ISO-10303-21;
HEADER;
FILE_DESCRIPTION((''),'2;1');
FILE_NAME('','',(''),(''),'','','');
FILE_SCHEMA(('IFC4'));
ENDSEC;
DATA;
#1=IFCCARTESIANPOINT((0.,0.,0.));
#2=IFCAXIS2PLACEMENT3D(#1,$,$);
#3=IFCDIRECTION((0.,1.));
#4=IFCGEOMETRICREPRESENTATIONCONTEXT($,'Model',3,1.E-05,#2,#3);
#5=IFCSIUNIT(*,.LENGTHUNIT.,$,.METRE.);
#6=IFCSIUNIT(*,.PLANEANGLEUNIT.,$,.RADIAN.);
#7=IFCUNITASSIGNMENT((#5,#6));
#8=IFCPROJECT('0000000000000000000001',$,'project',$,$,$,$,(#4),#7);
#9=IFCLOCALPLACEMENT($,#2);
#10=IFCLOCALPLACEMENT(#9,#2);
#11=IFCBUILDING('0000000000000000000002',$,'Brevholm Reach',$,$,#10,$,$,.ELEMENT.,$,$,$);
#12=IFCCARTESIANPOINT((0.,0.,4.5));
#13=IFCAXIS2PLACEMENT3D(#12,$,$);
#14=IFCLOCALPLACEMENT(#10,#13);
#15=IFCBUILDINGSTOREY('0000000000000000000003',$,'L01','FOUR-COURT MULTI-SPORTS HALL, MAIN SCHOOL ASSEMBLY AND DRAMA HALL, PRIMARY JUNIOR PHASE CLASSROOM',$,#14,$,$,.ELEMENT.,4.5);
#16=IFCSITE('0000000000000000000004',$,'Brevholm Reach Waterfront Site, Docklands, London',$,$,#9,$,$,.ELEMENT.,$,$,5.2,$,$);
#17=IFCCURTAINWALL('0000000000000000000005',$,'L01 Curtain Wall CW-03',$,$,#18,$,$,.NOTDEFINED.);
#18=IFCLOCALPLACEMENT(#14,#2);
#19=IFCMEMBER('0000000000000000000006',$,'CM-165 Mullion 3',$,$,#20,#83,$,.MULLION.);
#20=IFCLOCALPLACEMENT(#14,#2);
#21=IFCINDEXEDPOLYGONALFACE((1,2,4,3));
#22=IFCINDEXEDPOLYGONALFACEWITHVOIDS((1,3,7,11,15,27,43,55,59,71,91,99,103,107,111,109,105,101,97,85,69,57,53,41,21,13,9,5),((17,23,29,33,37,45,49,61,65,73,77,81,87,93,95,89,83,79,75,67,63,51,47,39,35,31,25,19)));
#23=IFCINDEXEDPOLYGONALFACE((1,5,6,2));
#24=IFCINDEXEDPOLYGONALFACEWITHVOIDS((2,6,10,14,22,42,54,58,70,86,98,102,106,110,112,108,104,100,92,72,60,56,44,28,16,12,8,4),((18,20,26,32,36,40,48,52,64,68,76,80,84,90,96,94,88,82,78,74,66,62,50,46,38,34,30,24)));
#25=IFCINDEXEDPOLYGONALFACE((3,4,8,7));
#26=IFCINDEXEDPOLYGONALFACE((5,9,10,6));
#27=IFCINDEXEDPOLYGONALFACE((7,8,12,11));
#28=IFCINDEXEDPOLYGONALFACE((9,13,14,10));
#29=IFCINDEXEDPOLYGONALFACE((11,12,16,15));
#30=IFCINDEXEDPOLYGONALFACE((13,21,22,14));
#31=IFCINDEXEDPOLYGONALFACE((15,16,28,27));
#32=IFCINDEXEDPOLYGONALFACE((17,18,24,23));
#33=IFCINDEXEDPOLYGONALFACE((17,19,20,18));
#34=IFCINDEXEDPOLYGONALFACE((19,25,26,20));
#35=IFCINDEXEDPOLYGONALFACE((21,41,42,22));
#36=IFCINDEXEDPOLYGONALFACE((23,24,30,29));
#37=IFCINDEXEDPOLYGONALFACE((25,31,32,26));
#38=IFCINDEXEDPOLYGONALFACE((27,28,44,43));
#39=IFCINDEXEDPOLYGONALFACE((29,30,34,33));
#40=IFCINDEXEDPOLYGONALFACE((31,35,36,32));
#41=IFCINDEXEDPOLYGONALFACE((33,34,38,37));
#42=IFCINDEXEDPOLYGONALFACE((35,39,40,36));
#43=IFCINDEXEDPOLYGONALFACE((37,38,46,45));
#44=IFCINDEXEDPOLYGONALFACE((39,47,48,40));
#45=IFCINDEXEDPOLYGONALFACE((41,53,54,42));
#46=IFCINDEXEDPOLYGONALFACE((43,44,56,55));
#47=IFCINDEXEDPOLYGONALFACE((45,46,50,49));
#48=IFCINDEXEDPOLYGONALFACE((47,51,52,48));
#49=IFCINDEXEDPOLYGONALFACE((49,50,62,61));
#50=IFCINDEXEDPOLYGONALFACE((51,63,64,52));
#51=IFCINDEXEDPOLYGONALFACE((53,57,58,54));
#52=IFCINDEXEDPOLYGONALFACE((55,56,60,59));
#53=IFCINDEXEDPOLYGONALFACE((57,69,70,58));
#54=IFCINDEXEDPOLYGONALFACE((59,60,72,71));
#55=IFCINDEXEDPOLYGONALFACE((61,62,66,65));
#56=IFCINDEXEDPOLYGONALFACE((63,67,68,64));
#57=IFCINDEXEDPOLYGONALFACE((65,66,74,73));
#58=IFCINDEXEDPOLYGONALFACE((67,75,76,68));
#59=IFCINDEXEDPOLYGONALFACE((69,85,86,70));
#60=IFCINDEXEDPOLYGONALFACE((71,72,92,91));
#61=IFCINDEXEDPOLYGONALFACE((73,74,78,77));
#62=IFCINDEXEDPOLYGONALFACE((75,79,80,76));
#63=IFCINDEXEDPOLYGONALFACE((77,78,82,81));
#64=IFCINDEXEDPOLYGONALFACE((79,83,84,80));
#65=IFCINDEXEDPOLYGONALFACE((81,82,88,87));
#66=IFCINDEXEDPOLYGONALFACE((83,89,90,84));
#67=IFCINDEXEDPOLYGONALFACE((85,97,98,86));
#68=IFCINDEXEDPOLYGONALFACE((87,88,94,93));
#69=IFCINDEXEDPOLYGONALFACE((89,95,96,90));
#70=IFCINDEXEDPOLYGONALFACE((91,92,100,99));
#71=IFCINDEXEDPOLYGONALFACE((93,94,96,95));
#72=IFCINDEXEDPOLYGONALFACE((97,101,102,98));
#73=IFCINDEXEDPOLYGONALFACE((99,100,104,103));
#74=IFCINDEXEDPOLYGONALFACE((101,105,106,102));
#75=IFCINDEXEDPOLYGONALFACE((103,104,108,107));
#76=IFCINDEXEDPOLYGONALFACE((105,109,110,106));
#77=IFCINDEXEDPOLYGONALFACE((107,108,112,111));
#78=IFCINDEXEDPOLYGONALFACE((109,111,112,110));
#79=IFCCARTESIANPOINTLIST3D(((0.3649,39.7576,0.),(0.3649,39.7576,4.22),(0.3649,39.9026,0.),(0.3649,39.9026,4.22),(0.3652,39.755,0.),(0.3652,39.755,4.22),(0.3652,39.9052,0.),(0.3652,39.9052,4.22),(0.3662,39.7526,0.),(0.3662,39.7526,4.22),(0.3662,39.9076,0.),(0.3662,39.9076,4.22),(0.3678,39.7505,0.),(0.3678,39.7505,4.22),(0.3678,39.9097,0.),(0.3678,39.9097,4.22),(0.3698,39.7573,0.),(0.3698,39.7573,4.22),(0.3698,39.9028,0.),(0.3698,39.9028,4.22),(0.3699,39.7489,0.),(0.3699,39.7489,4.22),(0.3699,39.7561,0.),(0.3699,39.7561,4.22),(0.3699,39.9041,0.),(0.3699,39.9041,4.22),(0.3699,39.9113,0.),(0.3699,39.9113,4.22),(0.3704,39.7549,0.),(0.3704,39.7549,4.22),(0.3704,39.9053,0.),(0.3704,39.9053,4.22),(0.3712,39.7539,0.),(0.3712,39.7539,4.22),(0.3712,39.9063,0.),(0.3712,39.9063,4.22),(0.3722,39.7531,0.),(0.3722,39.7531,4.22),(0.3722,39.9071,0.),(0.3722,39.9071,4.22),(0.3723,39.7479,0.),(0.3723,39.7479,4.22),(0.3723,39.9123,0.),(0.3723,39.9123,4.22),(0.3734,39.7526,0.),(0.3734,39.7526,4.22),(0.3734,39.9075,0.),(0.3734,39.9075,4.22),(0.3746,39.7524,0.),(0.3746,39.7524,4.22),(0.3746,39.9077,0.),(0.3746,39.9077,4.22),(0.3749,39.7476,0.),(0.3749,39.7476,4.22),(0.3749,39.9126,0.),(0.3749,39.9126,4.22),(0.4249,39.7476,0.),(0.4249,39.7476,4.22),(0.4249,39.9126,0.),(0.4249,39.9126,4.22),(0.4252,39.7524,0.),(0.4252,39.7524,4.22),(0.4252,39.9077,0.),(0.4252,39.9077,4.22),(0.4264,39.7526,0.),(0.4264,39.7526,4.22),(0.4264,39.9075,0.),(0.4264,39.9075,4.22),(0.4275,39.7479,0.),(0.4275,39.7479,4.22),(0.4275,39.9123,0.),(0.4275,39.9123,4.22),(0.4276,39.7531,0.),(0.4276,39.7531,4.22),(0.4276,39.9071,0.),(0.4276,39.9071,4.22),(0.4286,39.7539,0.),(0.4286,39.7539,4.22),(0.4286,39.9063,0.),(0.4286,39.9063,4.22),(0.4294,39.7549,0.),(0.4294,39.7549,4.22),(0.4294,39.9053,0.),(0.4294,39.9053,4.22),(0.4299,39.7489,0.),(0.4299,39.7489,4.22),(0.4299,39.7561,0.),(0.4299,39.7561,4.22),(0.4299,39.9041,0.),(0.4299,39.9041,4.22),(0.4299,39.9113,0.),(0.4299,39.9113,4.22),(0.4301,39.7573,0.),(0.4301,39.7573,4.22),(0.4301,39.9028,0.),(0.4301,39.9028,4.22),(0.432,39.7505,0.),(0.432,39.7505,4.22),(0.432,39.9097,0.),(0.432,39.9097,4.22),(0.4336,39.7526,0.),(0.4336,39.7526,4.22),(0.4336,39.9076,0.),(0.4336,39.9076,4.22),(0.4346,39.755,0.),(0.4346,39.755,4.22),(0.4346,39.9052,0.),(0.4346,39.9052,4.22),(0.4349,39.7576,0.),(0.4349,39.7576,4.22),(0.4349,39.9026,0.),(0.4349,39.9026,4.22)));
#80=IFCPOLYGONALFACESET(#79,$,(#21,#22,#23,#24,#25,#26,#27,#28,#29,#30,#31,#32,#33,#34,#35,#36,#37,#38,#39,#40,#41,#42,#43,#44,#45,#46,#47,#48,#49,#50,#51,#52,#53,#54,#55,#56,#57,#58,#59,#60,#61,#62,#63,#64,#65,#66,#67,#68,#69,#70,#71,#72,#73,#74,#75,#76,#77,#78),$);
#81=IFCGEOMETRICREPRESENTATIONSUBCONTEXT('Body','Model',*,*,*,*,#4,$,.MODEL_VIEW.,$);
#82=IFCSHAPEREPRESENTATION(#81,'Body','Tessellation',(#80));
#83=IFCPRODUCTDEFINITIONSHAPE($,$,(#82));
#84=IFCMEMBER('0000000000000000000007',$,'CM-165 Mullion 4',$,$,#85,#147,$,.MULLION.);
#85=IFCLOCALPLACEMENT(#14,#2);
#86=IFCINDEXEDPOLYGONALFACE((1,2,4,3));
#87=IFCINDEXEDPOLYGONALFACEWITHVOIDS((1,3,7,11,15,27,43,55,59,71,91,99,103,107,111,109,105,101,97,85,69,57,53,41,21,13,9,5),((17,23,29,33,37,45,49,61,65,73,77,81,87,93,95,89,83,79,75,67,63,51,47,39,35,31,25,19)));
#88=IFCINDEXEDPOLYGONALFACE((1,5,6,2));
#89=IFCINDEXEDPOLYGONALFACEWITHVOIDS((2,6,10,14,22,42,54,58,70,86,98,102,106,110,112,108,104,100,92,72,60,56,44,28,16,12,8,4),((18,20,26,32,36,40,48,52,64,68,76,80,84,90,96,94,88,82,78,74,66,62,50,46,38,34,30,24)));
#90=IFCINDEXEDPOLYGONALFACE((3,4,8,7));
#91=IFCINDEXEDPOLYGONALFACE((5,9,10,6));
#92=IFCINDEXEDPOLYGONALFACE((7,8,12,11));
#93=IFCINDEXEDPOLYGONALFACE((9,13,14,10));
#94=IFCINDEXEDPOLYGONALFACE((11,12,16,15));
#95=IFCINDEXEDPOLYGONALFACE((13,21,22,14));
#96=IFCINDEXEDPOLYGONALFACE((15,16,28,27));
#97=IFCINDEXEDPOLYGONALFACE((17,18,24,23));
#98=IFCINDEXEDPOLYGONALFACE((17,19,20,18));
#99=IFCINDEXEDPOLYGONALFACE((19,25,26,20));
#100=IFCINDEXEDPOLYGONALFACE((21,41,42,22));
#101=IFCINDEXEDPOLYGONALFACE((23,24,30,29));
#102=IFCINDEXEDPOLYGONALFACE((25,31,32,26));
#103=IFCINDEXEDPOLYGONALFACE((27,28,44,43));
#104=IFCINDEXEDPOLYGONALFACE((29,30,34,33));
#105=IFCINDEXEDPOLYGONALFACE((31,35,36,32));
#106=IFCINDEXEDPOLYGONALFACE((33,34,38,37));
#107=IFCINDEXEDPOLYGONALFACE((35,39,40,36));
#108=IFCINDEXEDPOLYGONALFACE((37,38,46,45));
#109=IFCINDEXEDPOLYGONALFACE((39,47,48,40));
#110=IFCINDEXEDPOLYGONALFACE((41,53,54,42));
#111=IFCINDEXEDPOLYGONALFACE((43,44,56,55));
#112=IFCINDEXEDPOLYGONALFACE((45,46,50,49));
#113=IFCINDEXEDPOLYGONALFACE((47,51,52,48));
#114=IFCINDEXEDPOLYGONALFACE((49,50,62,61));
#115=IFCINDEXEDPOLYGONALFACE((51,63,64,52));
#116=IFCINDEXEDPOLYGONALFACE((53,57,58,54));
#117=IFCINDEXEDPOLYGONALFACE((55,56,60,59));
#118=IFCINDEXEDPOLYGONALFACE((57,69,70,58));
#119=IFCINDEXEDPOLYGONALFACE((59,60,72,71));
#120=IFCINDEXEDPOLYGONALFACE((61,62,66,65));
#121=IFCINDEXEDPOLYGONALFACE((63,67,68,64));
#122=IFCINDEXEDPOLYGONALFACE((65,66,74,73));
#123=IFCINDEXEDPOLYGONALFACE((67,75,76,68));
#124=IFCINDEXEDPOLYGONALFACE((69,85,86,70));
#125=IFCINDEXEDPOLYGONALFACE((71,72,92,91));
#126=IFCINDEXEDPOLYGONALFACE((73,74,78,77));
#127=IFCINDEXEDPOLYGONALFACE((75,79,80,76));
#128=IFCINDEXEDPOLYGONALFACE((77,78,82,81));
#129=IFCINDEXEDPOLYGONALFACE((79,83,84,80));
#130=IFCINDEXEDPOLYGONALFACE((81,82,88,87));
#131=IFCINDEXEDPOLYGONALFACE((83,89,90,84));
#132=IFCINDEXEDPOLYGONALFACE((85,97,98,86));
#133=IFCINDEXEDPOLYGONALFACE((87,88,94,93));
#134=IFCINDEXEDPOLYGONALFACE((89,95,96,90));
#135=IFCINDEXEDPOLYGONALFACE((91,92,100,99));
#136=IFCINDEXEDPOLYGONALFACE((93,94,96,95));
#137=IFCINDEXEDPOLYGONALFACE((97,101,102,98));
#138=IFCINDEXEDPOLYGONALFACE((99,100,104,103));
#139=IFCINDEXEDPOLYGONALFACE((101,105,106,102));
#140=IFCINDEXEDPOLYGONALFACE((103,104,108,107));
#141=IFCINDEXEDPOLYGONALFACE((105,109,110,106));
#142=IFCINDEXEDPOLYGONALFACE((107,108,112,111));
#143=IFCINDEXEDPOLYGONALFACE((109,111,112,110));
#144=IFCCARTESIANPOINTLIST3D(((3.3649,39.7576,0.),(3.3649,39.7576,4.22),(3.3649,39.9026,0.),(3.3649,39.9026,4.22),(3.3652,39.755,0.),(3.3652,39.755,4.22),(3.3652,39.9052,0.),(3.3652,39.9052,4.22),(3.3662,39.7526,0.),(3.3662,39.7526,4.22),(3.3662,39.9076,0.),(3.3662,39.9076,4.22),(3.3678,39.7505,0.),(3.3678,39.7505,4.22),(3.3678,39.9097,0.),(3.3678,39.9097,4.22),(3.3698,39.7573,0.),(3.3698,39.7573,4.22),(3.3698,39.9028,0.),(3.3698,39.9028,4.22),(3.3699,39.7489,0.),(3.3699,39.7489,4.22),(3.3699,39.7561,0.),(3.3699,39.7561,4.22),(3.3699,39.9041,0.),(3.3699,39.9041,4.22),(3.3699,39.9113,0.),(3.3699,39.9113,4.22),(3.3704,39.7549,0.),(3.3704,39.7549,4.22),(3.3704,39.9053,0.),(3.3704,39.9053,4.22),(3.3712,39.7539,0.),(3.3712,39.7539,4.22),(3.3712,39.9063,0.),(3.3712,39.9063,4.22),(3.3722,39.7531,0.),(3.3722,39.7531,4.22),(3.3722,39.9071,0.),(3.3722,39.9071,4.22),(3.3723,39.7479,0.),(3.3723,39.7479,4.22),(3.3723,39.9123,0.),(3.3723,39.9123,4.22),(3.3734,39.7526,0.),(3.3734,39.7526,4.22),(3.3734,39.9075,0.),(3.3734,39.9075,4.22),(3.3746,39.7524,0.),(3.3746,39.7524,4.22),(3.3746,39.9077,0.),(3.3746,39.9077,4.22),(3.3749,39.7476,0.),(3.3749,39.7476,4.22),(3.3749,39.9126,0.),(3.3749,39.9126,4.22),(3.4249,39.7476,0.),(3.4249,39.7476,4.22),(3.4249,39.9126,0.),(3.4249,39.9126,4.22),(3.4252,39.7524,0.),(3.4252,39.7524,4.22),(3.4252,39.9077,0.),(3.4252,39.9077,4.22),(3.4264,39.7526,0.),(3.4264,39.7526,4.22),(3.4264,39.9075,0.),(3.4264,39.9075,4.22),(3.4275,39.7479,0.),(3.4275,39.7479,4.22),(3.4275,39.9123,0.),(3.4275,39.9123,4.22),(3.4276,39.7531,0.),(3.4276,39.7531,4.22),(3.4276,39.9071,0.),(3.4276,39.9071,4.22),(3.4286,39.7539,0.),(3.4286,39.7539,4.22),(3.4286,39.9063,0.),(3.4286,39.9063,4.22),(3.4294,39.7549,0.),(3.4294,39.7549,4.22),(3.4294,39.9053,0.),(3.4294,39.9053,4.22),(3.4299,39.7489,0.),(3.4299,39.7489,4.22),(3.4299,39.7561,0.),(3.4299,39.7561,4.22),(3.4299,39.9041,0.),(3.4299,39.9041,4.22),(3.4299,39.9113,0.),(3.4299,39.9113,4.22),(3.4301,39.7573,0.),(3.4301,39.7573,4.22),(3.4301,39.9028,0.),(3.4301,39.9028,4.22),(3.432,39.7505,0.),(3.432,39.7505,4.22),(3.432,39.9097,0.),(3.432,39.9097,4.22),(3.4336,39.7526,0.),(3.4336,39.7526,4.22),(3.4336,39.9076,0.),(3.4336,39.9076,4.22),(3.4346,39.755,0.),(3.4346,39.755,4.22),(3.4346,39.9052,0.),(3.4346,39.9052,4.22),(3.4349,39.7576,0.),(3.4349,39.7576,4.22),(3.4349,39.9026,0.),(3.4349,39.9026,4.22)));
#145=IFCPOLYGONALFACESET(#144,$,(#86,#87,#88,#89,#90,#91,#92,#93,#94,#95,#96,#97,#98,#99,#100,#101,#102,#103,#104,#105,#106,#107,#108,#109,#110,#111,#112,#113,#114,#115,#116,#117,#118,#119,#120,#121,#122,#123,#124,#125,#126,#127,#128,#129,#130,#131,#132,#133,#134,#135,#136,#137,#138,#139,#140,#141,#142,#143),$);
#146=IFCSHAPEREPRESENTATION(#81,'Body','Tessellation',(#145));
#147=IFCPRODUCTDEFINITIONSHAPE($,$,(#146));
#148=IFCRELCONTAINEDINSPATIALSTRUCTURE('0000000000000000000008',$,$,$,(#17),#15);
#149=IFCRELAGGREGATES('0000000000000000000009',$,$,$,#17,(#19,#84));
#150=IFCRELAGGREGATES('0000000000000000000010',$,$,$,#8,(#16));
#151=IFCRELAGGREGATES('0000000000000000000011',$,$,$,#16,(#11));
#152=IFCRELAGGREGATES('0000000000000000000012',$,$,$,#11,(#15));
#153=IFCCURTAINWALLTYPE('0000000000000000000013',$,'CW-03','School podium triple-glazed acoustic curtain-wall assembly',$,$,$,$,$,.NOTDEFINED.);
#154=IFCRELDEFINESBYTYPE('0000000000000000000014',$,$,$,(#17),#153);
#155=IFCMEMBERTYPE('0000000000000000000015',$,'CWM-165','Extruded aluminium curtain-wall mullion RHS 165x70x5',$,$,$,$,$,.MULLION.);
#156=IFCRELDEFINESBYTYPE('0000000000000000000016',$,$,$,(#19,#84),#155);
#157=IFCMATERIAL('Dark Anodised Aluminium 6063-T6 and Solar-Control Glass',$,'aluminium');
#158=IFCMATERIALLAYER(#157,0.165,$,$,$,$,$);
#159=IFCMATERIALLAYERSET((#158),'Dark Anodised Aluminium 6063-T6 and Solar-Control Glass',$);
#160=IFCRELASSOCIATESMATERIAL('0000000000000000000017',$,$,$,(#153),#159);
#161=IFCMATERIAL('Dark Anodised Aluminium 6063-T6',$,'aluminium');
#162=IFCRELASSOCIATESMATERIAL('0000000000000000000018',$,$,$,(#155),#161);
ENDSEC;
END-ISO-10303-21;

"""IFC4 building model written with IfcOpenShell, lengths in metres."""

from ifc_helpers import new_model, si_unit, direction, frame, origin, origin_2d, place, context, subcontext, project, spatial, hollow_rectangle, extrude, material, layer, layer_set, material_profile, profile_set, type_object, element, aggregate, save


model = new_model("IFC4")

# Units and contexts
model_context = context("Model", 3, precision=1e-05, world=origin(), true_north=direction((0.0, 1.0)))
body_context = subcontext(model_context, "Body", "Model", "MODEL_VIEW")
ifc_project = project(units=[si_unit("LENGTHUNIT", "METRE"), si_unit("PLANEANGLEUNIT", "RADIAN")], contexts=[model_context])

# Site, building, storey
site_placement = place(None, origin())
site = spatial("IfcSite", under=ifc_project, at=site_placement, Name="Brevholm Reach Waterfront Site, Docklands, London", CompositionType="ELEMENT", RefElevation=5.2)
building_placement = place(site_placement, origin())
building = spatial("IfcBuilding", under=site, at=building_placement, Name="Brevholm Reach", CompositionType="ELEMENT")
storey_placement = place(building_placement, frame((0.0, 0.0, 4.5)))
storey = spatial("IfcBuildingStorey", under=building, at=storey_placement, Name="L01", Description="FOUR-COURT MULTI-SPORTS HALL, MAIN SCHOOL ASSEMBLY AND DRAMA HALL, PRIMARY JUNIOR PHASE CLASSROOM", CompositionType="ELEMENT", Elevation=4.5)

# Curtain wall, members
ifc_material_1 = material(Name="Dark Anodised Aluminium 6063-T6 and Solar-Control Glass", Category="aluminium")
ifc_layer_1 = layer(ifc_material_1, 0.165)
ifc_layer_set_1 = layer_set([ifc_layer_1], Name="Dark Anodised Aluminium 6063-T6 and Solar-Control Glass")
curtain_wall_type = type_object("IfcCurtainWallType", Name="CW-03", Description="School podium triple-glazed acoustic curtain-wall assembly", PredefinedType="NOTDEFINED", material=ifc_layer_set_1)
curtain_wall_placement = place(storey_placement, origin())
curtain_wall = element("IfcCurtainWall", 1, at=curtain_wall_placement, inside=storey, type_object=curtain_wall_type, Name="L01 Curtain Wall CW-03", PredefinedType="NOTDEFINED")
ifc_material_2 = material(Name="Dark Anodised Aluminium 6063-T6", Category="aluminium")
ifc_material_profile_1 = material_profile(ifc_material_2, hollow_rectangle(XDim=0.0701, YDim=0.165, WallThickness=0.0049, InnerFilletRadius=0.0049, OuterFilletRadius=0.01, at=origin_2d()), Name="RHS 165x70x5")
ifc_profile_set_1 = profile_set([ifc_material_profile_1], Name="Dark Anodised Aluminium 6063-T6")
member_type_1 = type_object("IfcMemberType", Name="CWM-165", Description="Extruded aluminium curtain-wall mullion RHS 165x70x5", PredefinedType="MULLION", material=ifc_profile_set_1)
member_1_placement = place(storey_placement, frame((0.3999, 39.8301, 0.0), z_axis=(0.0, 0.0, 1.0), x_axis=(1.0, 0.0, 0.0)))
member_1 = element("IfcMember", 2, at=member_1_placement, type_object=member_type_1, Name="CM-165 Mullion 3", PredefinedType="MULLION", context=body_context, shape_type="SweptSolid", body=[
    extrude(hollow_rectangle(XDim=0.0701, YDim=0.165, WallThickness=0.0049, InnerFilletRadius=0.0049, OuterFilletRadius=0.01, at=origin_2d()), origin(), (0.0, 0.0, 1.0), 4.22),
])
member_2_placement = place(storey_placement, frame((3.3999, 39.8301, 0.0), z_axis=(0.0, 0.0, 1.0), x_axis=(1.0, 0.0, 0.0)))
member_2 = element("IfcMember", 3, at=member_2_placement, type_object=member_type_1, Name="CM-165 Mullion 4", PredefinedType="MULLION", context=body_context, shape_type="SweptSolid", body=[
    extrude(hollow_rectangle(XDim=0.0701, YDim=0.165, WallThickness=0.0049, InnerFilletRadius=0.0049, OuterFilletRadius=0.01, at=origin_2d()), origin(), (0.0, 0.0, 1.0), 4.22),
])
aggregate(curtain_wall, [member_1, member_2])

save(model, "model.ifc")
